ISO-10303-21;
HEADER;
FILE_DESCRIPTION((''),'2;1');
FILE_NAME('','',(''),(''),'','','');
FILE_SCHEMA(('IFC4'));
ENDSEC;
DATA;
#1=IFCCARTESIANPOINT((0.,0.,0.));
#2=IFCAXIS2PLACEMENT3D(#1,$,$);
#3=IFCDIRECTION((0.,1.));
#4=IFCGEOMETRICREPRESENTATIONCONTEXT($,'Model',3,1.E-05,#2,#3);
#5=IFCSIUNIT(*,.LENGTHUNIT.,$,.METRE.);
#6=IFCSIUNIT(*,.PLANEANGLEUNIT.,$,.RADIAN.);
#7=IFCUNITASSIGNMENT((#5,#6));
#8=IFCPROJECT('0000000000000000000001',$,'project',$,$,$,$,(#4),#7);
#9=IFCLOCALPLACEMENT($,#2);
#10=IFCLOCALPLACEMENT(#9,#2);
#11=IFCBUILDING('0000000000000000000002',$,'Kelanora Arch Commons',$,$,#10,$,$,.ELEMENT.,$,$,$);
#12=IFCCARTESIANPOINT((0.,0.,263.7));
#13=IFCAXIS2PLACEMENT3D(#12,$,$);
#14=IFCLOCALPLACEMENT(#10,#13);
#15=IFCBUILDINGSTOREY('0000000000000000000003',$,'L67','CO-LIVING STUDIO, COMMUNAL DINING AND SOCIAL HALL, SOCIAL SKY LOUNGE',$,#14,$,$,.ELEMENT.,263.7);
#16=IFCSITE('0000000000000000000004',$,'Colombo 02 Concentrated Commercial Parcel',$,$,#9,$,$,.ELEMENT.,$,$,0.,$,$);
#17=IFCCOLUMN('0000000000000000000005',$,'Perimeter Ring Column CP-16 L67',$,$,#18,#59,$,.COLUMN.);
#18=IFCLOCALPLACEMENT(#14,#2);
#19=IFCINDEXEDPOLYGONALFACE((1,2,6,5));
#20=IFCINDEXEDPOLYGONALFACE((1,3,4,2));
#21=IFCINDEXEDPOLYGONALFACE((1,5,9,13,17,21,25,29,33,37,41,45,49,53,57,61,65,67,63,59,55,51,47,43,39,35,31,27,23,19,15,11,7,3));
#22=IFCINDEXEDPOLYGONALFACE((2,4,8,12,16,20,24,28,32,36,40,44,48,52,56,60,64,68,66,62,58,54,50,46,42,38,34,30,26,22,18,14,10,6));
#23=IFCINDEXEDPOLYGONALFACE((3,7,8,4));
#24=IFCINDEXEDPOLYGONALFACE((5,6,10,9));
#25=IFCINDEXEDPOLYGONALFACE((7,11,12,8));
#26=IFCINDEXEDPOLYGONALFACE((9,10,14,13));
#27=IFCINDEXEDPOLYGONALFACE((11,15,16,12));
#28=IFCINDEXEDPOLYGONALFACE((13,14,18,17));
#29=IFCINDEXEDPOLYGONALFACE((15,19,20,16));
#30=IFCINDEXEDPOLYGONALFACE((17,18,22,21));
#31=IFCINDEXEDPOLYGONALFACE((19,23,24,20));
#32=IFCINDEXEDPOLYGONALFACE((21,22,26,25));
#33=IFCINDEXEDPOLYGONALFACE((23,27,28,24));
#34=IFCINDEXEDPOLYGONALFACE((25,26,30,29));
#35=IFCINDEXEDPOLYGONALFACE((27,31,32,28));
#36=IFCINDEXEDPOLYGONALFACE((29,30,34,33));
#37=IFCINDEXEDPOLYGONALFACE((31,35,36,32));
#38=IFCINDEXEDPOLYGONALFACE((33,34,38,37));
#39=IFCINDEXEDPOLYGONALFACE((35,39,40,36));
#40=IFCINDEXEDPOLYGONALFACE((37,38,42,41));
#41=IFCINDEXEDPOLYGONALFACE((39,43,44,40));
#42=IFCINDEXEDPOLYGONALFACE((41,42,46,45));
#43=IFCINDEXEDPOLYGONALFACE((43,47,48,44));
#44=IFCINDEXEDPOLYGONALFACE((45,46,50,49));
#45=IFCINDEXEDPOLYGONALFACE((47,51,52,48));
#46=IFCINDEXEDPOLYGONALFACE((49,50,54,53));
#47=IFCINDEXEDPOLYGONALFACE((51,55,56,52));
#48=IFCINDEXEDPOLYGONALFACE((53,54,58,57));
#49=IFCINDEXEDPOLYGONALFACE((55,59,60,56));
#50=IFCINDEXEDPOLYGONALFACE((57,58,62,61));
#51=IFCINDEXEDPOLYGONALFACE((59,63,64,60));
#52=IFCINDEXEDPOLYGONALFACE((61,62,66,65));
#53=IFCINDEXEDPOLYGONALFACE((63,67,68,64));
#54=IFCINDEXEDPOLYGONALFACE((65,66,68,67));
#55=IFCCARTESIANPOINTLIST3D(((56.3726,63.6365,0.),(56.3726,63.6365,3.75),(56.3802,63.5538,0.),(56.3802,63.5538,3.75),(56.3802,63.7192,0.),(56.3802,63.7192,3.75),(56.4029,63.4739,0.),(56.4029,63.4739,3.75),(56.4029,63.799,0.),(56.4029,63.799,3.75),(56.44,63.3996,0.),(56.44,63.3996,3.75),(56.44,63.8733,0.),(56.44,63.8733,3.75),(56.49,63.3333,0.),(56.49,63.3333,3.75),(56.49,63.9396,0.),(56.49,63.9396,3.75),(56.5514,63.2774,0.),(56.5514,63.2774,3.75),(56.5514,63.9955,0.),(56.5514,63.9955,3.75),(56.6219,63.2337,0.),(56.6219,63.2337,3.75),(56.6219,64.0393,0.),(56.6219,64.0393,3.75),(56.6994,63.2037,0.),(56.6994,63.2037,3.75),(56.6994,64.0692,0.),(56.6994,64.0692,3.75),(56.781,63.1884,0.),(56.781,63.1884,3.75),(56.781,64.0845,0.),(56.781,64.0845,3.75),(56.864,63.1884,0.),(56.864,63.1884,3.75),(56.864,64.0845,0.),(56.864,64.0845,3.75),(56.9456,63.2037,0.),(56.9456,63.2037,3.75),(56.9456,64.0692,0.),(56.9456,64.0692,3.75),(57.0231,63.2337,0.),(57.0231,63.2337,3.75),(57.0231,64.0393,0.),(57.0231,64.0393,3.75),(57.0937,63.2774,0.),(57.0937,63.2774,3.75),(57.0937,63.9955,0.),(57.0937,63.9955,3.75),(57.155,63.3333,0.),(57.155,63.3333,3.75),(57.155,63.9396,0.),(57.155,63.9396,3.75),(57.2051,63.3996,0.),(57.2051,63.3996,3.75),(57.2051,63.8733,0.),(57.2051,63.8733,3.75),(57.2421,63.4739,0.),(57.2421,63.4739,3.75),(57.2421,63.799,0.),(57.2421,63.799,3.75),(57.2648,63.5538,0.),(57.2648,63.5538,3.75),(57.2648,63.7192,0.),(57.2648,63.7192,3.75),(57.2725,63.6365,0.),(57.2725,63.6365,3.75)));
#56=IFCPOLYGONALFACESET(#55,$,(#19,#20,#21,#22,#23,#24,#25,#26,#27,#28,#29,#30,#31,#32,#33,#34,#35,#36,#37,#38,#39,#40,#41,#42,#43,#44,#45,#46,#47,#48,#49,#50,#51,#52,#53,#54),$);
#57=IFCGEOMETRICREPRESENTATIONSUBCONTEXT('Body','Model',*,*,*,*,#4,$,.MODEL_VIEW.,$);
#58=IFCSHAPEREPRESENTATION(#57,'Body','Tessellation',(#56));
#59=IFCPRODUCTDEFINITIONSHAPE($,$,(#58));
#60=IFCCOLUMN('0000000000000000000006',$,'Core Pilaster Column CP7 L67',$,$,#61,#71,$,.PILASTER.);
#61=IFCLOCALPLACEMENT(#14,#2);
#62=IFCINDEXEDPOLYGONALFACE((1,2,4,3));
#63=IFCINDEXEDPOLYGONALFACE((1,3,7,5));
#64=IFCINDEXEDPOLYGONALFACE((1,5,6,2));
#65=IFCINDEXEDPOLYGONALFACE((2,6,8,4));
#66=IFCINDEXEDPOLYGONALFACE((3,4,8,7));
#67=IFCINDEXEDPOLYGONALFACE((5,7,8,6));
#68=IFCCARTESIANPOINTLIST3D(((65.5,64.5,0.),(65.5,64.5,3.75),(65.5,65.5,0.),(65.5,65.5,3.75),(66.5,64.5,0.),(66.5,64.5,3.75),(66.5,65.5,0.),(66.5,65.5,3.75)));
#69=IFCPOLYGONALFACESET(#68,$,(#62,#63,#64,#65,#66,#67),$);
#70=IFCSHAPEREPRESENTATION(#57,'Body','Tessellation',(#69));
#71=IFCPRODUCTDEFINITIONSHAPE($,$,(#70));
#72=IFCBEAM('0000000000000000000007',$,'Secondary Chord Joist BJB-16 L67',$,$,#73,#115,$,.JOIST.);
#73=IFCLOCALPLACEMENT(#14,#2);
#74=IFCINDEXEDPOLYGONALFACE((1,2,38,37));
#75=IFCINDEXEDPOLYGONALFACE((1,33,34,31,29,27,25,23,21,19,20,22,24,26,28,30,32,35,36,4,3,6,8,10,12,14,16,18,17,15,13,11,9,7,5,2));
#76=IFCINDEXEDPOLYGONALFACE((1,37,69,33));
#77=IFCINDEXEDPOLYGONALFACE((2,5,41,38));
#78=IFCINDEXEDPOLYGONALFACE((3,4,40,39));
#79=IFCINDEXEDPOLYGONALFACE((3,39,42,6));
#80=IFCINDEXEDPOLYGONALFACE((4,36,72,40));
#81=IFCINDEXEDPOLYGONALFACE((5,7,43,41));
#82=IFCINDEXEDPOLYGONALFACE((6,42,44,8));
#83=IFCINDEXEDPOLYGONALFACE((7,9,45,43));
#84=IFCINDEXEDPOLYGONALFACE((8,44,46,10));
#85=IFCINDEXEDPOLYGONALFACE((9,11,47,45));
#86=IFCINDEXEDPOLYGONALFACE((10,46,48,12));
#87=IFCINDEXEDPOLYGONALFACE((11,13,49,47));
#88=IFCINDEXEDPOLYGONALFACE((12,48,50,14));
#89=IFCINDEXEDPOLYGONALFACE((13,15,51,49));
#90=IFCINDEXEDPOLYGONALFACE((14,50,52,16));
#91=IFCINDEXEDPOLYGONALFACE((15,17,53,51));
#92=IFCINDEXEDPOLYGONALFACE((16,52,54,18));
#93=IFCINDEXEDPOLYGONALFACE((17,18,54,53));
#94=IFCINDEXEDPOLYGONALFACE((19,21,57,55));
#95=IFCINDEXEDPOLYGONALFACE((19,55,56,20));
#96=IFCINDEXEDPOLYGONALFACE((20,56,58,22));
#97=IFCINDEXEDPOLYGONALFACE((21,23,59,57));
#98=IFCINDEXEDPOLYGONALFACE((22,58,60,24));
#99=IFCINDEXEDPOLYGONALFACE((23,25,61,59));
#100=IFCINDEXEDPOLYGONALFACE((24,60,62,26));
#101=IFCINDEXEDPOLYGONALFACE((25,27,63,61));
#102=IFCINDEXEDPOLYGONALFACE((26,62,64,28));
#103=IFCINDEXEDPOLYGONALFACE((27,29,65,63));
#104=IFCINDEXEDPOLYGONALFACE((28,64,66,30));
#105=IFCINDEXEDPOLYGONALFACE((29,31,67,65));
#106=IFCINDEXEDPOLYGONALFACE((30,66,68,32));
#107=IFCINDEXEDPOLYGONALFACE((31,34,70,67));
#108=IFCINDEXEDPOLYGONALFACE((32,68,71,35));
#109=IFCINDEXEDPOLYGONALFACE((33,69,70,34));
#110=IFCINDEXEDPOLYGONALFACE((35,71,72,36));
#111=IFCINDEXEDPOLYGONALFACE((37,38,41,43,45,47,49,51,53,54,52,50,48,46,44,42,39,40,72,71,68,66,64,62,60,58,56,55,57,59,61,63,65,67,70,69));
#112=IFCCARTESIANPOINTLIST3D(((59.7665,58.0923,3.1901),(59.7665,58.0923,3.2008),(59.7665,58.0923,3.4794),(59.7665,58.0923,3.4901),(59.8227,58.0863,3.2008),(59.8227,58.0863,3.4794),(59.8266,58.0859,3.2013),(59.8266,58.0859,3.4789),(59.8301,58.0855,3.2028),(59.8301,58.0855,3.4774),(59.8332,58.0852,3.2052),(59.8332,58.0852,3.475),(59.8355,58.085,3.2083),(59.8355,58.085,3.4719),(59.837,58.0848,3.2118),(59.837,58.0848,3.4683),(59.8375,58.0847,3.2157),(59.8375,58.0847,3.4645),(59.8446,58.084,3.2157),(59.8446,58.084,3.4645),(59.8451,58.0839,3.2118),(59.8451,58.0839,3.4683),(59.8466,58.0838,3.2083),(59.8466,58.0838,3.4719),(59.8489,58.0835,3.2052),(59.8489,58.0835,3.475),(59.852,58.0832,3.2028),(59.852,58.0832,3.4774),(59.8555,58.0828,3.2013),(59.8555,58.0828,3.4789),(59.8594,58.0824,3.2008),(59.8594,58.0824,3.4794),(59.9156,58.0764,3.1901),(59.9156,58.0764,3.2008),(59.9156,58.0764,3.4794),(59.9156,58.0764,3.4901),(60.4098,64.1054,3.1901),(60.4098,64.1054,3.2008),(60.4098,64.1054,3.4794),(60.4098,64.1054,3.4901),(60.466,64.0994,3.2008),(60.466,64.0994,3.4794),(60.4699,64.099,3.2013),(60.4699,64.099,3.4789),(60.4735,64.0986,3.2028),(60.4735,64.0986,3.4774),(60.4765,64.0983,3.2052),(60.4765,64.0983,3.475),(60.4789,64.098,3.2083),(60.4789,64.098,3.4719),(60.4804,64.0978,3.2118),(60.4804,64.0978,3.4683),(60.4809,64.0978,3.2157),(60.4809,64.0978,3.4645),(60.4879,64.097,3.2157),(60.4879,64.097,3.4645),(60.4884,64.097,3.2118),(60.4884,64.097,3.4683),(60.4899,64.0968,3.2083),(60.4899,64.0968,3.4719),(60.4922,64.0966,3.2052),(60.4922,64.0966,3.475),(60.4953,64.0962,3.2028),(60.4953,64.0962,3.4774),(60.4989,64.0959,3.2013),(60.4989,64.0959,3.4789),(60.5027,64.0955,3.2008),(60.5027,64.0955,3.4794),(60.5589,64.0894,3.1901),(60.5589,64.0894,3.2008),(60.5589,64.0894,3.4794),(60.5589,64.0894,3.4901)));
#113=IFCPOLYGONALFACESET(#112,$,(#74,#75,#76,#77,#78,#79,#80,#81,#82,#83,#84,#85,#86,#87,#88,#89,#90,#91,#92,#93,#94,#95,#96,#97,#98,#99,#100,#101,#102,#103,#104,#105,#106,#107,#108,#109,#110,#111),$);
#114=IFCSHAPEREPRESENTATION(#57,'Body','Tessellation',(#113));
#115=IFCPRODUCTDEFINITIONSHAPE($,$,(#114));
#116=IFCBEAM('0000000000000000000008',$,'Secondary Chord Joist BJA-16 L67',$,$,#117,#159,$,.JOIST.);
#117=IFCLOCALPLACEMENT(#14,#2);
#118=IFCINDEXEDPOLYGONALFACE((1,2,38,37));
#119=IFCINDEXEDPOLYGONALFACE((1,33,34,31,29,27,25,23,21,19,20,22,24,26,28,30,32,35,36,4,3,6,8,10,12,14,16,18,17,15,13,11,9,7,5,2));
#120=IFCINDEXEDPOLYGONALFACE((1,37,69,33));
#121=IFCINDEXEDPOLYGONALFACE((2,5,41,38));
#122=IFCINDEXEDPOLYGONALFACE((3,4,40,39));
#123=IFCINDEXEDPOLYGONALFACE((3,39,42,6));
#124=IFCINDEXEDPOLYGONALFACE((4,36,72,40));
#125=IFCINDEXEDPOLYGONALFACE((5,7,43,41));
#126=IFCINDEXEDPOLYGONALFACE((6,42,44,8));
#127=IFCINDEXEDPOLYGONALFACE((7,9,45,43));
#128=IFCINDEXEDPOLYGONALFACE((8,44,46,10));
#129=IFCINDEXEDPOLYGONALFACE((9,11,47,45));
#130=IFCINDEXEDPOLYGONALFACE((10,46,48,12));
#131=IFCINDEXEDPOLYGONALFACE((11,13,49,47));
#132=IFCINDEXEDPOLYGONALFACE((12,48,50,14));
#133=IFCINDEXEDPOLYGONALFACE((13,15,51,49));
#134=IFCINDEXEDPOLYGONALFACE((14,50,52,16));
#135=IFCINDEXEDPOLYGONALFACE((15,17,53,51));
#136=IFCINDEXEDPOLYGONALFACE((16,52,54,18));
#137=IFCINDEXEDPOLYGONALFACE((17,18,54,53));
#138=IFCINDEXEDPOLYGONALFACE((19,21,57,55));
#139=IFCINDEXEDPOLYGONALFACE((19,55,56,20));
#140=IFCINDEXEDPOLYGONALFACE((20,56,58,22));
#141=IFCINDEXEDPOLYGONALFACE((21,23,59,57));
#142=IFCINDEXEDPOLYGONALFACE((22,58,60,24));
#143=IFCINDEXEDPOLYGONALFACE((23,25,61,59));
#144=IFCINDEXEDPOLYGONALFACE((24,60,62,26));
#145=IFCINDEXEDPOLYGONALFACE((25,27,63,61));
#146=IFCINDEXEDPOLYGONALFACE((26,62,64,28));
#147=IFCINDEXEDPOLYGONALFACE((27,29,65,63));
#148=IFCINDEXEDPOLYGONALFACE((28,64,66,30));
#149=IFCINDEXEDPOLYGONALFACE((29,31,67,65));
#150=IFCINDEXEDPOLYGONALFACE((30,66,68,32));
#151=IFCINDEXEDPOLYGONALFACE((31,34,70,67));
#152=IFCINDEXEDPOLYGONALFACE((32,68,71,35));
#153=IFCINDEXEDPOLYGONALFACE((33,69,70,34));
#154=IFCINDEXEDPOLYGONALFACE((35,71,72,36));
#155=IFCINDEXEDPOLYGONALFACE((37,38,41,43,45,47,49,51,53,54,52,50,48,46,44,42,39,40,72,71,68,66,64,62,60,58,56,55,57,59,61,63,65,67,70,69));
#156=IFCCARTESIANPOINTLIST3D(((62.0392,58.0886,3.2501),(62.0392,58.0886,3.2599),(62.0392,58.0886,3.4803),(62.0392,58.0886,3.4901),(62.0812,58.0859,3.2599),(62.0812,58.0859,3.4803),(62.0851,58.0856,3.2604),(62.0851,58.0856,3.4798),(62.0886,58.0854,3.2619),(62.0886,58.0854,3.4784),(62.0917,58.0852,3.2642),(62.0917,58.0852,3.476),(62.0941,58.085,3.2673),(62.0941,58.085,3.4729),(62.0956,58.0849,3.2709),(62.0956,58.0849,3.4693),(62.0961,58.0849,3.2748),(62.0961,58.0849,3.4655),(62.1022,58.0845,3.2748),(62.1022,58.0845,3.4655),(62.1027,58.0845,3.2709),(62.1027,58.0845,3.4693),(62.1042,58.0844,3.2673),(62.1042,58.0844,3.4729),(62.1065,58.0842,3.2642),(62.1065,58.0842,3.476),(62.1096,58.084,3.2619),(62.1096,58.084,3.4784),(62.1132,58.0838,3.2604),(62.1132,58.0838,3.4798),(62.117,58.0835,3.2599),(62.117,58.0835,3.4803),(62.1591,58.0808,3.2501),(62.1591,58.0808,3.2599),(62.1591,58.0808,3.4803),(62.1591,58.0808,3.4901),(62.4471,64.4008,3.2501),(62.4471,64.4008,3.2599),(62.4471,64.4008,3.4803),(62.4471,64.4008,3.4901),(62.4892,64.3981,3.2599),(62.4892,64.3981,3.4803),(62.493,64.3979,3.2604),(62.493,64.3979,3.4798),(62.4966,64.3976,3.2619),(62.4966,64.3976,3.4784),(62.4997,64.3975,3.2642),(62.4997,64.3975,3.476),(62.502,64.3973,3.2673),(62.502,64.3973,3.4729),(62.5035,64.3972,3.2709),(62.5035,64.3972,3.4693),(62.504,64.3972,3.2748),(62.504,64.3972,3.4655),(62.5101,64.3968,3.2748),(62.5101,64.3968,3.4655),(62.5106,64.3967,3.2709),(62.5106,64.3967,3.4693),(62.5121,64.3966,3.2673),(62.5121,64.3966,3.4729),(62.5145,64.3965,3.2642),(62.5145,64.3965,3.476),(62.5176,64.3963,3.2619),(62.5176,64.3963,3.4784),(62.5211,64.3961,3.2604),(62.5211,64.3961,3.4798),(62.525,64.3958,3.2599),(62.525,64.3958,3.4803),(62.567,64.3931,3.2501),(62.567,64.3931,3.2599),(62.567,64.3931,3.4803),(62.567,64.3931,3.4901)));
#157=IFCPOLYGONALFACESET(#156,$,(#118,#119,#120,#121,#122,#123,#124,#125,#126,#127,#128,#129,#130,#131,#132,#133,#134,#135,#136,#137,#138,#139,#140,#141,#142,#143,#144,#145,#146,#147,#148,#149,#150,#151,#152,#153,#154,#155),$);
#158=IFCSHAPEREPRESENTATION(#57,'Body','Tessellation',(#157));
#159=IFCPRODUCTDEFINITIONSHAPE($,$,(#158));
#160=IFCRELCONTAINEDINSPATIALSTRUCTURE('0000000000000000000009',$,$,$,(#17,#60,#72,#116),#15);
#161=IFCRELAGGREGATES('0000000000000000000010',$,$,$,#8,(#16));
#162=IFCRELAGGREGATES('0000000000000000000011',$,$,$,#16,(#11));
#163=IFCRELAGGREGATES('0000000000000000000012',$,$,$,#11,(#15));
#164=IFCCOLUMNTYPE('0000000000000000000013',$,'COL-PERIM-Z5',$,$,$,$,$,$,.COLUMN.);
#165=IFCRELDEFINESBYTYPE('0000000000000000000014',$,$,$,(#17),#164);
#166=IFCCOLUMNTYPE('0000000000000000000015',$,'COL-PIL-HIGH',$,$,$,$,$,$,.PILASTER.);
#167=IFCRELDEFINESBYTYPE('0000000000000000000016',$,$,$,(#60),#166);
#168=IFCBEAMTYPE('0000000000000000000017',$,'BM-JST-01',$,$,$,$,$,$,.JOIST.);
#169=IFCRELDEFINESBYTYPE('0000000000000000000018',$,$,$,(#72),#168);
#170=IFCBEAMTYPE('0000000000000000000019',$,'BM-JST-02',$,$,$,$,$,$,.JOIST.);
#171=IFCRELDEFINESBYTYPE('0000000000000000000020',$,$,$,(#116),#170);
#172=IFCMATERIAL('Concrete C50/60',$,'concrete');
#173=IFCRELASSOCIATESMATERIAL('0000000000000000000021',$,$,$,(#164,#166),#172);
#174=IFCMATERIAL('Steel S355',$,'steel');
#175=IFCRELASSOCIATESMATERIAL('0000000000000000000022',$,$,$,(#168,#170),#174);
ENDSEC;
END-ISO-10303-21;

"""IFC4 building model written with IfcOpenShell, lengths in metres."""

from ifc_helpers import new_model, si_unit, direction, frame, origin, origin_2d, place, context, subcontext, project, spatial, rectangle, circle, i_section, extrude, material, material_profile, profile_set, type_object, element, save


model = new_model("IFC4")

# Units and contexts
model_context = context("Model", 3, precision=1e-05, world=origin(), true_north=direction((0.0, 1.0)))
body_context = subcontext(model_context, "Body", "Model", "MODEL_VIEW")
ifc_project = project(units=[si_unit("LENGTHUNIT", "METRE"), si_unit("PLANEANGLEUNIT", "RADIAN")], contexts=[model_context])

# Site, building, storey
site_placement = place(None, origin())
site = spatial("IfcSite", under=ifc_project, at=site_placement, Name="Colombo 02 Concentrated Commercial Parcel", CompositionType="ELEMENT", RefElevation=0.0)
building_placement = place(site_placement, origin())
building = spatial("IfcBuilding", under=site, at=building_placement, Name="Kelanora Arch Commons", CompositionType="ELEMENT")
storey_placement = place(building_placement, frame((0.0, 0.0, 263.7)))
storey = spatial("IfcBuildingStorey", under=building, at=storey_placement, Name="L67", Description="CO-LIVING STUDIO, COMMUNAL DINING AND SOCIAL HALL, SOCIAL SKY LOUNGE", CompositionType="ELEMENT", Elevation=263.7)

# Columns
ifc_material_1 = material(Name="Concrete C50/60", Category="concrete")
ifc_material_profile_1 = material_profile(ifc_material_1, circle(Radius=0.45, at=origin_2d()), Name="RCC900")
ifc_profile_set_1 = profile_set([ifc_material_profile_1], Name="Concrete C50/60")
column_type_1 = type_object("IfcColumnType", Name="COL-PERIM-Z5", PredefinedType="COLUMN", material=ifc_profile_set_1)
column_1_placement = place(storey_placement, frame((56.8225, 63.6365, 0.0), z_axis=(0.0, 0.0, 1.0), x_axis=(1.0, 0.0, 0.0)))
element("IfcColumn", 1, at=column_1_placement, inside=storey, type_object=column_type_1, Name="Perimeter Ring Column CP-16 L67", PredefinedType="COLUMN", context=body_context, shape_type="SweptSolid", body=[
    extrude(circle(Radius=0.45, at=origin_2d()), origin(), (0.0, 0.0, 1.0), 3.75),
])
ifc_material_profile_2 = material_profile(ifc_material_1, rectangle(XDim=1.0, YDim=1.0, at=origin_2d()), Name="RC1000x1000")
ifc_profile_set_2 = profile_set([ifc_material_profile_2], Name="Concrete C50/60")
column_type_2 = type_object("IfcColumnType", Name="COL-PIL-HIGH", PredefinedType="PILASTER", material=ifc_profile_set_2)
column_2_placement = place(storey_placement, frame((66.0, 65.0, 0.0), z_axis=(0.0, 0.0, 1.0), x_axis=(1.0, 0.0, 0.0)))
element("IfcColumn", 2, at=column_2_placement, inside=storey, type_object=column_type_2, Name="Core Pilaster Column CP7 L67", PredefinedType="PILASTER", context=body_context, shape_type="SweptSolid", body=[
    extrude(rectangle(XDim=1.0, YDim=1.0, at=origin_2d()), origin(), (0.0, 0.0, 1.0), 3.75),
])

# Beams
ifc_material_2 = material(Name="Steel S355", Category="steel")
ifc_material_profile_3 = material_profile(ifc_material_2, i_section(OverallWidth=0.1499, OverallDepth=0.3, WebThickness=0.0071, FlangeThickness=0.0107, FilletRadius=0.0149, at=origin_2d()), Name="IPE300")
ifc_profile_set_3 = profile_set([ifc_material_profile_3], Name="Steel S355")
beam_type_1 = type_object("IfcBeamType", Name="BM-JST-01", PredefinedType="JOIST", material=ifc_profile_set_3)
beam_1_placement = place(storey_placement, frame((60.4844, 64.0974, 3.3401), z_axis=(-0.106381, -0.994325, 0.0), x_axis=(0.994325, -0.106381, 0.0)))
element("IfcBeam", 3, at=beam_1_placement, inside=storey, type_object=beam_type_1, Name="Secondary Chord Joist BJB-16 L67", PredefinedType="JOIST", context=body_context, shape_type="SweptSolid", body=[
    extrude(i_section(OverallWidth=0.1499, OverallDepth=0.3, WebThickness=0.0071, FlangeThickness=0.0107, FilletRadius=0.0149, at=origin_2d()), origin(), (0.0, 0.0, 1.0), 6.0474),
])
ifc_material_profile_4 = material_profile(ifc_material_2, i_section(OverallWidth=0.1201, OverallDepth=0.24, WebThickness=0.0061, FlangeThickness=0.0098, FilletRadius=0.0149, at=origin_2d()), Name="IPE240")
ifc_profile_set_4 = profile_set([ifc_material_profile_4], Name="Steel S355")
beam_type_2 = type_object("IfcBeamType", Name="BM-JST-02", PredefinedType="JOIST", material=ifc_profile_set_4)
beam_2_placement = place(storey_placement, frame((62.5071, 64.397, 3.3701), z_axis=(-0.064495, -0.997918, 0.0), x_axis=(0.997918, -0.064495, 0.0)))
element("IfcBeam", 4, at=beam_2_placement, inside=storey, type_object=beam_type_2, Name="Secondary Chord Joist BJA-16 L67", PredefinedType="JOIST", context=body_context, shape_type="SweptSolid", body=[
    extrude(i_section(OverallWidth=0.1201, OverallDepth=0.24, WebThickness=0.0061, FlangeThickness=0.0098, FilletRadius=0.0149, at=origin_2d()), origin(), (0.0, 0.0, 1.0), 6.3254),
])

save(model, "model.ifc")
